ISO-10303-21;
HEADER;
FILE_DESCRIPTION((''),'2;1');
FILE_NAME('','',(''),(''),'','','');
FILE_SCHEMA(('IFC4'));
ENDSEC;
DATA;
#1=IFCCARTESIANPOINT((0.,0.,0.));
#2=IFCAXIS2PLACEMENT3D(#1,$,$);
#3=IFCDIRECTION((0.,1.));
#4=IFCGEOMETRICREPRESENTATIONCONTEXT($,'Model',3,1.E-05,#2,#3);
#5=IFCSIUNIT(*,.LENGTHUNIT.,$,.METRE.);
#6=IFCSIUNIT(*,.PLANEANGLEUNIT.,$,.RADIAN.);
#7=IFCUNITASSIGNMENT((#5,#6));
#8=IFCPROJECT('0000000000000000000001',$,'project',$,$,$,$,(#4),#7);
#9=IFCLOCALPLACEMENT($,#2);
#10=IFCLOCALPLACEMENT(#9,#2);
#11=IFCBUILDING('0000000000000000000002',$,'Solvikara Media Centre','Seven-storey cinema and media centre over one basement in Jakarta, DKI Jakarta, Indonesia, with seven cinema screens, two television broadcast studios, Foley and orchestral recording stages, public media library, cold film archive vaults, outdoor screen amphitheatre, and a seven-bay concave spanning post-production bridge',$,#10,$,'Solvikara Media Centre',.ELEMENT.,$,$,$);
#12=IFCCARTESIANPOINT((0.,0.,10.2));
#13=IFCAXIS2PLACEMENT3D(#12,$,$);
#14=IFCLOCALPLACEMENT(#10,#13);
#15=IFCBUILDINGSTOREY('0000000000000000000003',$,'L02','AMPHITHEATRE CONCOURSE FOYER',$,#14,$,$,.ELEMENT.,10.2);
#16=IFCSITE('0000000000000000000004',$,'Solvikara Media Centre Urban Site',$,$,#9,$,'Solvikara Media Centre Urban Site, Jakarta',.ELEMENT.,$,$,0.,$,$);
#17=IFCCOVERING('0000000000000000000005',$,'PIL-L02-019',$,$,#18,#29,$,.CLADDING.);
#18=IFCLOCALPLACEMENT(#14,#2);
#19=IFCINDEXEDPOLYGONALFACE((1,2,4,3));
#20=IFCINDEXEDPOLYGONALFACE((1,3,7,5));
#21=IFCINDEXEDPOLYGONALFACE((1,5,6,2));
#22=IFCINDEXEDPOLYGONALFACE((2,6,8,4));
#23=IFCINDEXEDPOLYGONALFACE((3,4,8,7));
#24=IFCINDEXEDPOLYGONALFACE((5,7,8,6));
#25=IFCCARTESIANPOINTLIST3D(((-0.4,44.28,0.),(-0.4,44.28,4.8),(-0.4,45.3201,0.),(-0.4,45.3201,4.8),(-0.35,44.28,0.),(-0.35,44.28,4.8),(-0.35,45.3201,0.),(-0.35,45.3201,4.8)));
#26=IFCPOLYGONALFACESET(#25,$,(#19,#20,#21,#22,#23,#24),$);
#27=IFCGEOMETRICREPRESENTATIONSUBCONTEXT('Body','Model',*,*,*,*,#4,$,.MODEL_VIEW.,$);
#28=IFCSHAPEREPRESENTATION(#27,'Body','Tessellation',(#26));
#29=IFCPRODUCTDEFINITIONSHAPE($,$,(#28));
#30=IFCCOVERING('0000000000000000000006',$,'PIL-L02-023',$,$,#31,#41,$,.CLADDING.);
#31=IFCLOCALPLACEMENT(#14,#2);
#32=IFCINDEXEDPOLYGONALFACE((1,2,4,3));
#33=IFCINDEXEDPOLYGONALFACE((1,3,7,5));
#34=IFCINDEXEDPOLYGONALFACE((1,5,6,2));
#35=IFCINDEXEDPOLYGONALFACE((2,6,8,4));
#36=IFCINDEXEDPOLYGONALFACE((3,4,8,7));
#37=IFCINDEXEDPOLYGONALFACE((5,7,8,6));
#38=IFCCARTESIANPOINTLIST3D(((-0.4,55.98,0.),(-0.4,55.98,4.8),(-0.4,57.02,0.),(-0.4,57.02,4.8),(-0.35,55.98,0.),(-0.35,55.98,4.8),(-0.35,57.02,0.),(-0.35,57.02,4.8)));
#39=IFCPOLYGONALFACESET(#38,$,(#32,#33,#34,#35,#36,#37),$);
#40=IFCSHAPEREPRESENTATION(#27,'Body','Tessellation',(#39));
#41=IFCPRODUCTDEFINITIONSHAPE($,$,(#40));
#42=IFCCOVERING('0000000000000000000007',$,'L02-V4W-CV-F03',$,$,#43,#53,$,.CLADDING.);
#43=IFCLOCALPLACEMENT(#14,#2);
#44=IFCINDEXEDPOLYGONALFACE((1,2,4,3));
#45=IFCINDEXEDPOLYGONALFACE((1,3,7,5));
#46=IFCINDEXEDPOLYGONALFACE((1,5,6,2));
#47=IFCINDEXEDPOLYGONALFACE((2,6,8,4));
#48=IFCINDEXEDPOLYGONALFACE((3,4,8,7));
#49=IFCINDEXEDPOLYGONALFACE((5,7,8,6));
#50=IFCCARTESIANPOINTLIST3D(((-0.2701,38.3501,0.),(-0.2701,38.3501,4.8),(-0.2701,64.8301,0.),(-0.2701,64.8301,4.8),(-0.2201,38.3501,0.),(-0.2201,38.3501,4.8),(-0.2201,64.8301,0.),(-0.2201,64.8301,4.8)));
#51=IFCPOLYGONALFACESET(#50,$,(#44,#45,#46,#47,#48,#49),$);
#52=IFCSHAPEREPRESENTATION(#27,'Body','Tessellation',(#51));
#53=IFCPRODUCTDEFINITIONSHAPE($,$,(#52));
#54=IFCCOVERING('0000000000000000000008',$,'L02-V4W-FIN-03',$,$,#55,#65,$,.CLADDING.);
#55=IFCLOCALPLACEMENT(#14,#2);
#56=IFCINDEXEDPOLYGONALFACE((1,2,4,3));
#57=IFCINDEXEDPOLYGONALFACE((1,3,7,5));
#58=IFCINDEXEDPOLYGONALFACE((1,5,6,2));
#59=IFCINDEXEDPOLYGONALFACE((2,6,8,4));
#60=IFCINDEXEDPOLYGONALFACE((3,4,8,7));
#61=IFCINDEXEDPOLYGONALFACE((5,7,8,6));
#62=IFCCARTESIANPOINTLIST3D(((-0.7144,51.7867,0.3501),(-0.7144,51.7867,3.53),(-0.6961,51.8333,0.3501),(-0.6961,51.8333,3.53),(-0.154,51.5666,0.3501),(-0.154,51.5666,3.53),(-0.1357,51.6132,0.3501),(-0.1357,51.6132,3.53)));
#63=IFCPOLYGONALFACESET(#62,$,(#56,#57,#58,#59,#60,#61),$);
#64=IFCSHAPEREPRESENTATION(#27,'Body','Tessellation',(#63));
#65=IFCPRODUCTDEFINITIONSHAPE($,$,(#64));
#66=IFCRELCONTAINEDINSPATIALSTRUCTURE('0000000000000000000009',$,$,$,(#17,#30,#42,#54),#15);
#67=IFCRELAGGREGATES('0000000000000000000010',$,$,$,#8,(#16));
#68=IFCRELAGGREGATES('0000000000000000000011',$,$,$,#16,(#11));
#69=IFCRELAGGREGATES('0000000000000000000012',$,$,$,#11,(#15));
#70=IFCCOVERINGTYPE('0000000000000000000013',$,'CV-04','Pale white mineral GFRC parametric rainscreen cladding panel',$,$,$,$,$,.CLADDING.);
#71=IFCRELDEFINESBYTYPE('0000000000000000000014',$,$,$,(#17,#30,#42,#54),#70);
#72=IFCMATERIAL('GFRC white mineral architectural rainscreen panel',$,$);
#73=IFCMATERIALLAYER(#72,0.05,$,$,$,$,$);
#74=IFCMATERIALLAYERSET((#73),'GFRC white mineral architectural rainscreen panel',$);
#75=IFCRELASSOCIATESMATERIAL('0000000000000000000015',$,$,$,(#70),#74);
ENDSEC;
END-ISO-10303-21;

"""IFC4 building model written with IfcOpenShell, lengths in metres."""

from ifc_helpers import new_model, si_unit, direction, frame, origin, origin_2d, place, context, subcontext, project, spatial, rectangle, extrude, material, layer, layer_set, type_object, element, save


model = new_model("IFC4")

# Units and contexts
model_context = context("Model", 3, precision=1e-05, world=origin(), true_north=direction((0.0, 1.0)))
body_context = subcontext(model_context, "Body", "Model", "MODEL_VIEW")
ifc_project = project(units=[si_unit("LENGTHUNIT", "METRE"), si_unit("PLANEANGLEUNIT", "RADIAN")], contexts=[model_context])

# Site, building, storey
site_placement = place(None, origin())
site = spatial("IfcSite", under=ifc_project, at=site_placement, Name="Solvikara Media Centre Urban Site", LongName="Solvikara Media Centre Urban Site, Jakarta", CompositionType="ELEMENT", RefElevation=0.0)
building_placement = place(site_placement, origin())
building = spatial("IfcBuilding", under=site, at=building_placement, Name="Solvikara Media Centre", Description="Seven-storey cinema and media centre over one basement in Jakarta, DKI Jakarta, Indonesia, with seven cinema screens, two television broadcast studios, Foley and orchestral recording stages, public media library, cold film archive vaults, outdoor screen amphitheatre, and a seven-bay concave spanning post-production bridge", LongName="Solvikara Media Centre", CompositionType="ELEMENT")
storey_placement = place(building_placement, frame((0.0, 0.0, 10.2)))
storey = spatial("IfcBuildingStorey", under=building, at=storey_placement, Name="L02", Description="AMPHITHEATRE CONCOURSE FOYER", CompositionType="ELEMENT", Elevation=10.2)

# Coverings
ifc_material_1 = material(Name="GFRC white mineral architectural rainscreen panel")
ifc_layer_1 = layer(ifc_material_1, 0.05)
ifc_layer_set_1 = layer_set([ifc_layer_1], Name="GFRC white mineral architectural rainscreen panel")
covering_type = type_object("IfcCoveringType", Name="CV-04", Description="Pale white mineral GFRC parametric rainscreen cladding panel", PredefinedType="CLADDING", material=ifc_layer_set_1)
for number, where, z_axis, x_axis, name in (
    (1, (-0.375, 44.8, 0.0), (0.0, 0.0, 1.0), (0.0, -1.0, 0.0), "PIL-L02-019"),
    (2, (-0.375, 56.5, 0.0), (0.0, 0.0, 1.0), (0.0, -1.0, 0.0), "PIL-L02-023"),
):
    element("IfcCovering", number, at=place(storey_placement, frame(where, z_axis=z_axis, x_axis=x_axis)), inside=storey, type_object=covering_type, Name=name, PredefinedType="CLADDING", context=body_context, shape_type="SweptSolid", body=[
        extrude(rectangle(XDim=1.04, YDim=0.05, at=origin_2d()), origin(), (0.0, 0.0, 1.0), 4.8),
    ])
covering_1_placement = place(storey_placement, frame((-0.2451, 51.5901, 0.0), z_axis=(0.0, 0.0, 1.0), x_axis=(0.0, 1.0, 0.0)))
element("IfcCovering", 3, at=covering_1_placement, inside=storey, type_object=covering_type, Name="L02-V4W-CV-F03", PredefinedType="CLADDING", context=body_context, shape_type="SweptSolid", body=[
    extrude(rectangle(XDim=26.48, YDim=0.05, at=origin_2d()), origin(), (0.0, 0.0, 1.0), 4.8),
])
covering_2_placement = place(storey_placement, frame((-0.425, 51.7, 0.3501), z_axis=(0.0, 0.0, 1.0), x_axis=(-0.93075, 0.365657, 0.0)))
element("IfcCovering", 4, at=covering_2_placement, inside=storey, type_object=covering_type, Name="L02-V4W-FIN-03", PredefinedType="CLADDING", context=body_context, shape_type="SweptSolid", body=[
    extrude(rectangle(XDim=0.6021, YDim=0.05, at=origin_2d()), origin(), (0.0, 0.0, 1.0), 3.1799),
])

save(model, "model.ifc")
